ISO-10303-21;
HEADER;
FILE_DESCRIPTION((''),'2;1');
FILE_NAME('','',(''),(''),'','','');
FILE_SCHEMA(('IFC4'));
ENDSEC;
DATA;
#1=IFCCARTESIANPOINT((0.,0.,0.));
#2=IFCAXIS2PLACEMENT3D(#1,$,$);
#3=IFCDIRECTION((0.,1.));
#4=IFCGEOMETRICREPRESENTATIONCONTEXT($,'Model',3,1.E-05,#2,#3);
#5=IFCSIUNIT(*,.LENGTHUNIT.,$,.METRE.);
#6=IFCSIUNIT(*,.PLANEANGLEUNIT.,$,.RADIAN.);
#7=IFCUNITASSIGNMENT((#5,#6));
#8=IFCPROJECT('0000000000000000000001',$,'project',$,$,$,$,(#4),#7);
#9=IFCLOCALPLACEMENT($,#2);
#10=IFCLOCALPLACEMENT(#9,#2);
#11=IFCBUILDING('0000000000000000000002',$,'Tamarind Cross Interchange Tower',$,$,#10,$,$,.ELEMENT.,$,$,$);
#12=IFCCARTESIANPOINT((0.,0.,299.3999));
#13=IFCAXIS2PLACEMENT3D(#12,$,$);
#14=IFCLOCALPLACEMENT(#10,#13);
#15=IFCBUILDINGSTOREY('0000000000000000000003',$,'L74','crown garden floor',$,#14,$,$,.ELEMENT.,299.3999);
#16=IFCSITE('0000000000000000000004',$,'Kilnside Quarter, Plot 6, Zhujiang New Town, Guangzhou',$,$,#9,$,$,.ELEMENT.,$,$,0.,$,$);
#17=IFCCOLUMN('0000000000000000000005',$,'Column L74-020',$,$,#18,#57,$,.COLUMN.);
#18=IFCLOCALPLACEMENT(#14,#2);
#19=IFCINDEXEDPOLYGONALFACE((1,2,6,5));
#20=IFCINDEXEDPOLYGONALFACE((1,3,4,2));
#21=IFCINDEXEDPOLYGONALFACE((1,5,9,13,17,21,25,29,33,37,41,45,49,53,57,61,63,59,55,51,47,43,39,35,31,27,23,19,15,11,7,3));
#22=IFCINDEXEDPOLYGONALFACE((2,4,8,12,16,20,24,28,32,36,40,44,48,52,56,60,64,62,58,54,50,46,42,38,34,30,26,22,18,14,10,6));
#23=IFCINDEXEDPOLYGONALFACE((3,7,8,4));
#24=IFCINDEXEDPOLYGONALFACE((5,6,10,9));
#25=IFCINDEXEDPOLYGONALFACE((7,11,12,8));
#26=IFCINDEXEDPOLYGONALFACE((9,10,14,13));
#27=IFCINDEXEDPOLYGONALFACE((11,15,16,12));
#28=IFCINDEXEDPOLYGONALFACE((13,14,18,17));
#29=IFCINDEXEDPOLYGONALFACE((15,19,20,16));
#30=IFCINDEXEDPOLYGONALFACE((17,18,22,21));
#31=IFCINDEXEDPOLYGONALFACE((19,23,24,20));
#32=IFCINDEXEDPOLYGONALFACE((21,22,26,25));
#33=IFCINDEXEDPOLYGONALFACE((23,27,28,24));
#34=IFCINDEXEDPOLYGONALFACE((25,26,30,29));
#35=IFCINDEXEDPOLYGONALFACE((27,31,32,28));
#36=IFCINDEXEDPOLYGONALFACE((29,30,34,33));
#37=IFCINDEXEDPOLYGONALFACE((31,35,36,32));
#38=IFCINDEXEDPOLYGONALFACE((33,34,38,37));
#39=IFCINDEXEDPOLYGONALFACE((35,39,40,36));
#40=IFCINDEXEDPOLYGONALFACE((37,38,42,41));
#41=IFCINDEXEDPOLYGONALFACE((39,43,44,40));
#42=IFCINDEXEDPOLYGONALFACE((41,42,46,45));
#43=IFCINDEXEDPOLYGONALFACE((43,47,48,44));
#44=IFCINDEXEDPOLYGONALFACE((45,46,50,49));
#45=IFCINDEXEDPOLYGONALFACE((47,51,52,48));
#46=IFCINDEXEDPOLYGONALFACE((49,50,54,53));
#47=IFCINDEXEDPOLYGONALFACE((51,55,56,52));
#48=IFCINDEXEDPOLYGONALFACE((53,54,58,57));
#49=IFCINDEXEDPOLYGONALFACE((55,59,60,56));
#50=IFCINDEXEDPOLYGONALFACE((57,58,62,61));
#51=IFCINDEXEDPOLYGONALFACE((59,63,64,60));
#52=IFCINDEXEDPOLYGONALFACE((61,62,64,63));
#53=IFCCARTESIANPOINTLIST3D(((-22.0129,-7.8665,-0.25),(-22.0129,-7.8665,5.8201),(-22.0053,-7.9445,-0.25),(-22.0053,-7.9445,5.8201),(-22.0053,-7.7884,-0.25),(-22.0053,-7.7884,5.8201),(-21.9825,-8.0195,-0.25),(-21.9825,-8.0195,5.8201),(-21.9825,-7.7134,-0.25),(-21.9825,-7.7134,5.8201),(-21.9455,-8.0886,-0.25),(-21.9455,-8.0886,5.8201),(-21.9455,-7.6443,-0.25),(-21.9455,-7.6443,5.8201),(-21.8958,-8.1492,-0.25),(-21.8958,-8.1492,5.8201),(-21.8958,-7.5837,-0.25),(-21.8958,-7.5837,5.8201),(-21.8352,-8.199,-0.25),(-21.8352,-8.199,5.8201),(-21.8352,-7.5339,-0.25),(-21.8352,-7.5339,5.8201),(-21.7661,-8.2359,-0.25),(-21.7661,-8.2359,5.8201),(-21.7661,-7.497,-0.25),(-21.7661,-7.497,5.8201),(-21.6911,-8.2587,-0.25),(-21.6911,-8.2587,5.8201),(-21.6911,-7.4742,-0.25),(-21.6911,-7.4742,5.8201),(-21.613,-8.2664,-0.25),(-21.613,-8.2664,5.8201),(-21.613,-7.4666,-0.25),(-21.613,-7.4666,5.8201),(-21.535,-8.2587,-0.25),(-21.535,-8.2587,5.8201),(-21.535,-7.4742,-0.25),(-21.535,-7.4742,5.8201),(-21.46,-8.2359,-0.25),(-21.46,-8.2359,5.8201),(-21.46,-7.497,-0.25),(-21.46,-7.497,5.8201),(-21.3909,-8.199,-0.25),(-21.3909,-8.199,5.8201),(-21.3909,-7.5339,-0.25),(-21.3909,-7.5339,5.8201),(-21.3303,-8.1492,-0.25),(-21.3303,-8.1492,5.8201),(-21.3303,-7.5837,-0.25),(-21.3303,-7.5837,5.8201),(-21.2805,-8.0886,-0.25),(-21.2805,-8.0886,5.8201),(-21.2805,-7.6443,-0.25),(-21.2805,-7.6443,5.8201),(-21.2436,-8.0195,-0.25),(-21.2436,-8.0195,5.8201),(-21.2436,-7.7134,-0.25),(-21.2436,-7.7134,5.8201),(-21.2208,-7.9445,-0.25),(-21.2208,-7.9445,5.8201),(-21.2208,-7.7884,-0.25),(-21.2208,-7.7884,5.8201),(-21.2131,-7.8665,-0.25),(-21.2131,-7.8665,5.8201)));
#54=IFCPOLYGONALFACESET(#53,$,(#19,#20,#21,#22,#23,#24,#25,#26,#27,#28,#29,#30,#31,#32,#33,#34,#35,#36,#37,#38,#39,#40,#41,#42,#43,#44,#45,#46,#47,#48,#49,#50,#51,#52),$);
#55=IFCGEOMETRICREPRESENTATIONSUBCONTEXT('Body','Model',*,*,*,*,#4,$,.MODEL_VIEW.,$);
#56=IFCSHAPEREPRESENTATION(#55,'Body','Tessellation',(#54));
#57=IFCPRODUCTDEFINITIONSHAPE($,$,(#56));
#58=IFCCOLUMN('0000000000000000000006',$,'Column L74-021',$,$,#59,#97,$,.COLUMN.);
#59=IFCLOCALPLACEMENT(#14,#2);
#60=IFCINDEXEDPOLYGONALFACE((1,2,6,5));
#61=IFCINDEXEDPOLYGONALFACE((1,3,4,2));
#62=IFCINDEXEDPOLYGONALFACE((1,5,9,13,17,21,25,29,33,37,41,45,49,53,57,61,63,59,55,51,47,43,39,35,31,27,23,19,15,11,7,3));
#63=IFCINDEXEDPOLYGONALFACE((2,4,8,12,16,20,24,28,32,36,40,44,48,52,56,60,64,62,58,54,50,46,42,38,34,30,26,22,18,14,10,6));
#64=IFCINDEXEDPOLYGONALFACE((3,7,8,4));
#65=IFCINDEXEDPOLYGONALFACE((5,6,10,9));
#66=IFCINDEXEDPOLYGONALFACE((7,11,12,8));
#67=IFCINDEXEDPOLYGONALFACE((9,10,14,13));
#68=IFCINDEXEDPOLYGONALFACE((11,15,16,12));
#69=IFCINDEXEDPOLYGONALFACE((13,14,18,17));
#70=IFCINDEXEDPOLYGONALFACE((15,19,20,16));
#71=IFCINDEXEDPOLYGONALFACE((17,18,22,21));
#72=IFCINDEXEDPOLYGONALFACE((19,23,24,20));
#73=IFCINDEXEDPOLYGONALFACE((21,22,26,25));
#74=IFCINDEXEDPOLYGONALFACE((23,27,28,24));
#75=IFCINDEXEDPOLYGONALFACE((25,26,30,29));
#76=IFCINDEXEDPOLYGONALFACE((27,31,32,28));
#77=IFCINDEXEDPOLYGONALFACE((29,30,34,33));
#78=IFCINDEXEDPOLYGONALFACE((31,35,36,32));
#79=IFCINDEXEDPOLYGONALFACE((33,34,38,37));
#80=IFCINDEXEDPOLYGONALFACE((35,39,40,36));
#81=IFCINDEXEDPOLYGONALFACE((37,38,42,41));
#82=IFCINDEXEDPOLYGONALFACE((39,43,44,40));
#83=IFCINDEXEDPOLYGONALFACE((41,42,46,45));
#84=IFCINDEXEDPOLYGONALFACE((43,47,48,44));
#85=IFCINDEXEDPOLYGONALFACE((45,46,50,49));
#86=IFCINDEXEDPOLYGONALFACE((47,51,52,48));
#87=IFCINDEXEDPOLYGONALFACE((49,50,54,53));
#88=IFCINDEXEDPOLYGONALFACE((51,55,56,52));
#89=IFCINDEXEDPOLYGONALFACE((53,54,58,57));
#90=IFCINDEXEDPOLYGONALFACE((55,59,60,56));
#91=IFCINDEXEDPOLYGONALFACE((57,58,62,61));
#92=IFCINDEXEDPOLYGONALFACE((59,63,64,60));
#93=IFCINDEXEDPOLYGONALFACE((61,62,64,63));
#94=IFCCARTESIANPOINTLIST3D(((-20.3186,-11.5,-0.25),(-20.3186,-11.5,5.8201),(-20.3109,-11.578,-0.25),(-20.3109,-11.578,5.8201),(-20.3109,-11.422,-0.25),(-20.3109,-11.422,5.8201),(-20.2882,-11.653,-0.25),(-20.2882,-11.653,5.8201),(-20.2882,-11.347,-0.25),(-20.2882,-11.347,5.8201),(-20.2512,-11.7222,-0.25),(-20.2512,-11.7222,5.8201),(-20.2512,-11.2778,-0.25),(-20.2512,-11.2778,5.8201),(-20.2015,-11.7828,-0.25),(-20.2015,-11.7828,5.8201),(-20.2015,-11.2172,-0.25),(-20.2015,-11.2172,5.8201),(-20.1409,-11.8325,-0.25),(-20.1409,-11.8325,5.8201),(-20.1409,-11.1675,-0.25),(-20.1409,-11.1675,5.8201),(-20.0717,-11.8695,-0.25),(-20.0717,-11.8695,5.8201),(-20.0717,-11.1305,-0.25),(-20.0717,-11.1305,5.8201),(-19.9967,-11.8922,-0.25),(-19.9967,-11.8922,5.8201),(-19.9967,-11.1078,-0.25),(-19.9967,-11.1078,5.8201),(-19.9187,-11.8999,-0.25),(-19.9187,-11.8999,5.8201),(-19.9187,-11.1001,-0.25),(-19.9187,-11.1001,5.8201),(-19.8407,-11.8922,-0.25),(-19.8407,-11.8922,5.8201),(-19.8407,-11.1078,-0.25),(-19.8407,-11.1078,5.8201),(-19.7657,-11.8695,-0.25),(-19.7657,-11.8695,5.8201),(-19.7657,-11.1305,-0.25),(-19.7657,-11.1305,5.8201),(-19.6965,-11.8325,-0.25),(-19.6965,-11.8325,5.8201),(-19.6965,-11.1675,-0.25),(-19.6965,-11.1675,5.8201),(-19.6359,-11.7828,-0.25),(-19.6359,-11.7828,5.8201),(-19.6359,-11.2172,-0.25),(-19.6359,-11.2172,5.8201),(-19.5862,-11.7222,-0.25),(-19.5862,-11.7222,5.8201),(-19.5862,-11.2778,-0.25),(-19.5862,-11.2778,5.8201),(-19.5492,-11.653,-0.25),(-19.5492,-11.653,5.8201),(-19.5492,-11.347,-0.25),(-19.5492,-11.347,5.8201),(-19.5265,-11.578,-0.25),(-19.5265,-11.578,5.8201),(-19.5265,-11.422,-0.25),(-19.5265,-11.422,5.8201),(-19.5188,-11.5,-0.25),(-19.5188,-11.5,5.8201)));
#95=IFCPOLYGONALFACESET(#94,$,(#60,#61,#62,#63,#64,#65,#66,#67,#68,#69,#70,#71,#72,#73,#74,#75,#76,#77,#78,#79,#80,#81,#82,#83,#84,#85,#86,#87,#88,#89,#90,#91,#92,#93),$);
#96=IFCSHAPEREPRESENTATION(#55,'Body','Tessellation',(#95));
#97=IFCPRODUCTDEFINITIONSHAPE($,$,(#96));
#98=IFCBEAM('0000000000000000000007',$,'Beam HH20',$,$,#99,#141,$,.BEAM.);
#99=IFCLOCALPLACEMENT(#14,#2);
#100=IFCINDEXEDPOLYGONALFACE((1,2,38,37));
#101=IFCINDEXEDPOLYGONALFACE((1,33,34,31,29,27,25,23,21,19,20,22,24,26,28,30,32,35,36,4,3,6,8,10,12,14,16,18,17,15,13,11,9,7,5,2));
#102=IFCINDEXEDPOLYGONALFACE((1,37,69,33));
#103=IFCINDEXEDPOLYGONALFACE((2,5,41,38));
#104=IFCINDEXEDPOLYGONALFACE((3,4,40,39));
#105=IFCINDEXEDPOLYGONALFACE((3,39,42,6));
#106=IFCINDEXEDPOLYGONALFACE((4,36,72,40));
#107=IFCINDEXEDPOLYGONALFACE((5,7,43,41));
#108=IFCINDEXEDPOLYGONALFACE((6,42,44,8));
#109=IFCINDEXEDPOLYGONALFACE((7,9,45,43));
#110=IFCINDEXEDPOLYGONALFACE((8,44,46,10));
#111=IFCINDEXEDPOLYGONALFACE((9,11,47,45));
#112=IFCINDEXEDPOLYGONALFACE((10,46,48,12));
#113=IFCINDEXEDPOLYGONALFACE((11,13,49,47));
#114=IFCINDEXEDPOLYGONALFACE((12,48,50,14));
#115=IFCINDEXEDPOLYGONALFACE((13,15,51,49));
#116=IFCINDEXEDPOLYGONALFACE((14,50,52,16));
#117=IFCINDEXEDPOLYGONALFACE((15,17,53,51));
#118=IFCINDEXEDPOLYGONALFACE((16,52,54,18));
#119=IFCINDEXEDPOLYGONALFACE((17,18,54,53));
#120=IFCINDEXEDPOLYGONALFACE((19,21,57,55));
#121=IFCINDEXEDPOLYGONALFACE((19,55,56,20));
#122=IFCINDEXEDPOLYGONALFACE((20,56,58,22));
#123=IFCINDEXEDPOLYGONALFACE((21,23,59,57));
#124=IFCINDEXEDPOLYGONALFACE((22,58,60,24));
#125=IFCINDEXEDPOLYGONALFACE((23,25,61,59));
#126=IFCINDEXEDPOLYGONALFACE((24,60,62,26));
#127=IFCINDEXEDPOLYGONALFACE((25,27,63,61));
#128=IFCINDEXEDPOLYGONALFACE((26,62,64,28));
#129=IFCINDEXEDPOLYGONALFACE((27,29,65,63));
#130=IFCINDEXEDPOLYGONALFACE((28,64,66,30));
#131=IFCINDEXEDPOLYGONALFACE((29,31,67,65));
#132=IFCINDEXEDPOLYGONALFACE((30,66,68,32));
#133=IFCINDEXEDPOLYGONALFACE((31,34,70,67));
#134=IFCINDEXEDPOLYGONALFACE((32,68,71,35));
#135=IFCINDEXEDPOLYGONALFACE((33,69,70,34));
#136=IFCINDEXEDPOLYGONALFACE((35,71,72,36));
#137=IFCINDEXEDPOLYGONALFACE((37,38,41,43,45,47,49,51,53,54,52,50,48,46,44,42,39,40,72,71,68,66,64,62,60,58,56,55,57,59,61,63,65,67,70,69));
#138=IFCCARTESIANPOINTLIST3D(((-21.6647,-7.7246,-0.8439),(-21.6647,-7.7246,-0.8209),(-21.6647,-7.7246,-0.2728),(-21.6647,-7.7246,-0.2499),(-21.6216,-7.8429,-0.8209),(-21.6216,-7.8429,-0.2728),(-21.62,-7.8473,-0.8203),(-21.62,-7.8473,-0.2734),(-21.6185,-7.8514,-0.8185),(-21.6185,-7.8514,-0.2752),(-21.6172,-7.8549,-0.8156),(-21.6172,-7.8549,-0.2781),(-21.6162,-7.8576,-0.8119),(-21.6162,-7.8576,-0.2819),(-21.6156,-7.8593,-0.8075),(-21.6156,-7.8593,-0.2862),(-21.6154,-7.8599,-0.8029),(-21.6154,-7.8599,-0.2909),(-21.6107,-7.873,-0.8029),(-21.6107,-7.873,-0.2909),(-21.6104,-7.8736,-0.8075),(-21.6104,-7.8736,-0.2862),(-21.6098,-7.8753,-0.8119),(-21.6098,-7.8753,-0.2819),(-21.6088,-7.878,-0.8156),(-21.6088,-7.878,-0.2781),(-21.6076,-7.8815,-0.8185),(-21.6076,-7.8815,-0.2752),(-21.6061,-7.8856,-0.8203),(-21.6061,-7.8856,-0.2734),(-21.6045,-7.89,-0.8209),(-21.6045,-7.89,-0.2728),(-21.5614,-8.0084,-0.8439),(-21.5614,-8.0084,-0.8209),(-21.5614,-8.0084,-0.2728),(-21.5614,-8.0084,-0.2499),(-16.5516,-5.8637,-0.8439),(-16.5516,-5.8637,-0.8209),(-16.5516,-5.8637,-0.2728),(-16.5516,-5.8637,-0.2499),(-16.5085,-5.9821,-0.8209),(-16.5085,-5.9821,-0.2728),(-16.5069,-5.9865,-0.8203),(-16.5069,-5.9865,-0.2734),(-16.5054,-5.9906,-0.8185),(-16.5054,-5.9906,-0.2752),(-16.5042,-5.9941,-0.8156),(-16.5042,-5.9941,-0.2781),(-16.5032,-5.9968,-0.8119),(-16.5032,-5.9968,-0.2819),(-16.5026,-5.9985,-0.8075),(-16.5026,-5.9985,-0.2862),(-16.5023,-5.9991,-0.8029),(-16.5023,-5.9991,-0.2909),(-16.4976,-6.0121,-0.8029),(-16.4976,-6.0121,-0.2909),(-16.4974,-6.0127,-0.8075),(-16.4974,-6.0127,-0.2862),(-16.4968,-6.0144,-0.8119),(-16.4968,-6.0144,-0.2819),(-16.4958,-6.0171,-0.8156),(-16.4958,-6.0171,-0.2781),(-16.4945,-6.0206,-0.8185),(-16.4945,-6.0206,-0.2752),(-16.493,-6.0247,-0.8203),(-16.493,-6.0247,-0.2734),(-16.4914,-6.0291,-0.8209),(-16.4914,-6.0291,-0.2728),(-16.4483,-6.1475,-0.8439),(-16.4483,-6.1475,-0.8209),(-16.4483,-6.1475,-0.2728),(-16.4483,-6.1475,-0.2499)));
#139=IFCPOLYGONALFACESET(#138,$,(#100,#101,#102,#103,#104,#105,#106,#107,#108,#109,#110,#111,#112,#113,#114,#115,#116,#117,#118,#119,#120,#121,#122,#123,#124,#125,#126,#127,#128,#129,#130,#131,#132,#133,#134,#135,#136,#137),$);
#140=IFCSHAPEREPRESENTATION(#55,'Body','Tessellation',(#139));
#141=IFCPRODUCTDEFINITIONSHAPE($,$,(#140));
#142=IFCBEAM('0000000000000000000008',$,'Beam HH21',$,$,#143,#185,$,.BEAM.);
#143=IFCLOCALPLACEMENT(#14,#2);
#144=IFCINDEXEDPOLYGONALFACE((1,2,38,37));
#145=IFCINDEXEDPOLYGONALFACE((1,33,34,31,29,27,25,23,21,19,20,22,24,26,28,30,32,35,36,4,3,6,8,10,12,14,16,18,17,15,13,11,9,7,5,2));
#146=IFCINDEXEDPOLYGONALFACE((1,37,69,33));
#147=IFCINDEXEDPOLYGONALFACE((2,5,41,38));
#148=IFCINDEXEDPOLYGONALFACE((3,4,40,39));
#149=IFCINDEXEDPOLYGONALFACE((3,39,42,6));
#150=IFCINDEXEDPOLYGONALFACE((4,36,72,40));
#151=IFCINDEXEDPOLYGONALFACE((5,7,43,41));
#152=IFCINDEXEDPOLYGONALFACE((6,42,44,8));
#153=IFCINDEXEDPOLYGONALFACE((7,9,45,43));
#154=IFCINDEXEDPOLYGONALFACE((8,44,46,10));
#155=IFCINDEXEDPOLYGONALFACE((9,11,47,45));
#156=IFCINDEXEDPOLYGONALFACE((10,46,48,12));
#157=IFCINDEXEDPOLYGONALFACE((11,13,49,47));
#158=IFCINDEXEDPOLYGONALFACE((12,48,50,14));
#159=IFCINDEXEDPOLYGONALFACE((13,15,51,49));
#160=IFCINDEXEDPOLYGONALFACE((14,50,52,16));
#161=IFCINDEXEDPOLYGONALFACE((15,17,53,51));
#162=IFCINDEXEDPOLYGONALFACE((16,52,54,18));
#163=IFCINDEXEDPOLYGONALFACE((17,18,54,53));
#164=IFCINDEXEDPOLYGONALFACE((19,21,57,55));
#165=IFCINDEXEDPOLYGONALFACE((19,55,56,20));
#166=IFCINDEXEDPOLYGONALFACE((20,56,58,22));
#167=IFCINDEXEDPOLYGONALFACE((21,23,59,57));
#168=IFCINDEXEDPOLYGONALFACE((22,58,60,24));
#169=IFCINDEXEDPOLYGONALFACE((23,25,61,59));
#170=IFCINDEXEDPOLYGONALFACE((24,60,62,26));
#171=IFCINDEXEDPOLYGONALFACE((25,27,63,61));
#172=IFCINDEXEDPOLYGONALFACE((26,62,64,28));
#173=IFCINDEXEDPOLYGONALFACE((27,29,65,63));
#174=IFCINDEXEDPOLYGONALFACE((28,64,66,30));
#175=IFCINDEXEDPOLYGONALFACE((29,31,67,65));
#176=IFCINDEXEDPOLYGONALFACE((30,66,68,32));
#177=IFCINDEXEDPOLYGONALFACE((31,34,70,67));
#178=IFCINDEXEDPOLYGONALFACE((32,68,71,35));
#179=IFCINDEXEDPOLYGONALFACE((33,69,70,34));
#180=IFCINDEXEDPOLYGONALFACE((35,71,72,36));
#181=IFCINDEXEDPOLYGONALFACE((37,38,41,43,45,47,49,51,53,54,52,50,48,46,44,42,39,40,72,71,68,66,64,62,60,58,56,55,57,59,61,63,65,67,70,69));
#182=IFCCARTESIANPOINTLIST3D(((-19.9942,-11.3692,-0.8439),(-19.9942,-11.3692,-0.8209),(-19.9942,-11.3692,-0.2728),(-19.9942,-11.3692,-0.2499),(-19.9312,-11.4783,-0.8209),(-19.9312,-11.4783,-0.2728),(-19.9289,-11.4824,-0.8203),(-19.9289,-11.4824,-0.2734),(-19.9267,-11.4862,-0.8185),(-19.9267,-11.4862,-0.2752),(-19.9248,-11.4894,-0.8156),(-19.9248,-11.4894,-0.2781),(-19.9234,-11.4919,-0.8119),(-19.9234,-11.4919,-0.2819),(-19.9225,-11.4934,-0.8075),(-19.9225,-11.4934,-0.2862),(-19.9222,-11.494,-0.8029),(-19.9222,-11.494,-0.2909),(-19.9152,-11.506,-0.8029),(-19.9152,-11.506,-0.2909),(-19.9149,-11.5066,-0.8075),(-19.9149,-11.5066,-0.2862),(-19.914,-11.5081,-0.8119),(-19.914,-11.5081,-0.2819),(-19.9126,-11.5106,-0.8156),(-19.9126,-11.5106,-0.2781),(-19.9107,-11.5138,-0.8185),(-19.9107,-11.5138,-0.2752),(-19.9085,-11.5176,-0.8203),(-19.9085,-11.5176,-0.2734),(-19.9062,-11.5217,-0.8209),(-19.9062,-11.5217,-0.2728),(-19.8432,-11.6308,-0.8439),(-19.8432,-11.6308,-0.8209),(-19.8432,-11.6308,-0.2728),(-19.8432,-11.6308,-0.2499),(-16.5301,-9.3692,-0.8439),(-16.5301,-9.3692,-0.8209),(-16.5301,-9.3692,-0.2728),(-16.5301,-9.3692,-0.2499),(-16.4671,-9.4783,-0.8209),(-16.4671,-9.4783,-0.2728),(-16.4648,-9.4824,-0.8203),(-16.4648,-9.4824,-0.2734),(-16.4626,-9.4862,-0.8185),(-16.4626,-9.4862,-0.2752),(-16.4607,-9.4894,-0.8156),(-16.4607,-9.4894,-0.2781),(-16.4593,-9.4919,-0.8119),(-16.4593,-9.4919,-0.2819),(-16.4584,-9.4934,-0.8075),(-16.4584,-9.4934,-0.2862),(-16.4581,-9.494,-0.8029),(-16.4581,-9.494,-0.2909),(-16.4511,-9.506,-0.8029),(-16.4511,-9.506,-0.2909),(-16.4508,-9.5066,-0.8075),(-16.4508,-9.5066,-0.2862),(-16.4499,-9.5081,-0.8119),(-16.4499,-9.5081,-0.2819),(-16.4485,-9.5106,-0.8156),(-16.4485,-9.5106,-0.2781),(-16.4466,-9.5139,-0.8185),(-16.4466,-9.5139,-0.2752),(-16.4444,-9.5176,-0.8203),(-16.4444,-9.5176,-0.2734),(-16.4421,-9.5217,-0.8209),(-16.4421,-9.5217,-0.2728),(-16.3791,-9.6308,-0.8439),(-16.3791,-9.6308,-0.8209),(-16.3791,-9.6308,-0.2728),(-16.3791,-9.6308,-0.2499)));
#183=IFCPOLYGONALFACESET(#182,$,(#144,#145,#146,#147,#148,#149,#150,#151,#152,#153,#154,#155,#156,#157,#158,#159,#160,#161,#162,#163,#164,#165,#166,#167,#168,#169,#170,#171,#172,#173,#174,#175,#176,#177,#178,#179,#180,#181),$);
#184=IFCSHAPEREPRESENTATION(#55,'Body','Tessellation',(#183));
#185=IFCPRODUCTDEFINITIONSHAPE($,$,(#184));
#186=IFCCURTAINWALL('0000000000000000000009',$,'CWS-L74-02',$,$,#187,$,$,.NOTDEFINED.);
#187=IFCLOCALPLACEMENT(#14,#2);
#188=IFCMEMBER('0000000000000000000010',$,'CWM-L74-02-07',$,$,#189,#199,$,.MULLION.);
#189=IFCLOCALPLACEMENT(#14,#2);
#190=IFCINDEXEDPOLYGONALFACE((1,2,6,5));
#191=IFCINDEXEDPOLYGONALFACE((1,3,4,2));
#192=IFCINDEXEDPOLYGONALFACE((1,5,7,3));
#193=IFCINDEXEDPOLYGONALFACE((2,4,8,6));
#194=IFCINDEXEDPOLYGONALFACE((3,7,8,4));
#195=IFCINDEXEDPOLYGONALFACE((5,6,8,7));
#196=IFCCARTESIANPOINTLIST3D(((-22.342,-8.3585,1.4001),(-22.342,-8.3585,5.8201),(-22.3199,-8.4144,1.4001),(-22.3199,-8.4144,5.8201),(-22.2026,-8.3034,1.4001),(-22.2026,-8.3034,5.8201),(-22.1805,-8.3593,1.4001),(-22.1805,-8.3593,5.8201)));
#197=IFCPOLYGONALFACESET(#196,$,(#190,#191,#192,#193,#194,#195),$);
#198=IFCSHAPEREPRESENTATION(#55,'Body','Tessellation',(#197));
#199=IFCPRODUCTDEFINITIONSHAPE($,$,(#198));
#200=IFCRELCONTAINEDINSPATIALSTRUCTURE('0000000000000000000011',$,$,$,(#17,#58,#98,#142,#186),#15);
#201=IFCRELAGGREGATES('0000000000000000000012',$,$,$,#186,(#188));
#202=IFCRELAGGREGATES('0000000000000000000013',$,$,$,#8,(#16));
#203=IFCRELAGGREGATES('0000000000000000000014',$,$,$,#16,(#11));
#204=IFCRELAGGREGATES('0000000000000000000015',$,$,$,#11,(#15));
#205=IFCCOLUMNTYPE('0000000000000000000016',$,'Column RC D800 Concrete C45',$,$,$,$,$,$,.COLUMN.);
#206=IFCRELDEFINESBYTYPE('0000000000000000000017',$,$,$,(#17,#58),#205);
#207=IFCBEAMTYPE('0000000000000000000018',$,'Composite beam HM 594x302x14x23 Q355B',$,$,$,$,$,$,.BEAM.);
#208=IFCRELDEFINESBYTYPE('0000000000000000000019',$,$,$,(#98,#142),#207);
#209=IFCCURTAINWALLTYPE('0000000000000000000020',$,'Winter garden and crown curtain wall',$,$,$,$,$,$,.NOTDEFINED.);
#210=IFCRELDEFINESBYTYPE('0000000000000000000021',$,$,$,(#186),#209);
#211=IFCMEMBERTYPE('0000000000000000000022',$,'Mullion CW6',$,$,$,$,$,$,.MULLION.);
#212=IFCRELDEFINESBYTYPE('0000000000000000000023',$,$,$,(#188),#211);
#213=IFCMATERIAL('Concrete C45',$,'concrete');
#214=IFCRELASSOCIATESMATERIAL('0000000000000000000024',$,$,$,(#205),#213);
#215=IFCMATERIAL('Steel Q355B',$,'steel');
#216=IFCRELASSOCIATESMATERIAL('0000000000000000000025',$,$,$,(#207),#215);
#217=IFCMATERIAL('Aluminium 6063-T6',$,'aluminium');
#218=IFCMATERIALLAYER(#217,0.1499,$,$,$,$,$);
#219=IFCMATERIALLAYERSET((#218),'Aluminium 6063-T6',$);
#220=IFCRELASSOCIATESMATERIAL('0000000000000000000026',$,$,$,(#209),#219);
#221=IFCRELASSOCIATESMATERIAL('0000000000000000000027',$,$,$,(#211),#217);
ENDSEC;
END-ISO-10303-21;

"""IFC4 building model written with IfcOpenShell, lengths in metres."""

from ifc_helpers import new_model, si_unit, direction, frame, origin, origin_2d, place, context, subcontext, project, spatial, rectangle, circle, i_section, extrude, material, layer, layer_set, material_profile, profile_set, type_object, element, aggregate, save


model = new_model("IFC4")

# Units and contexts
model_context = context("Model", 3, precision=1e-05, world=origin(), true_north=direction((0.0, 1.0)))
body_context = subcontext(model_context, "Body", "Model", "MODEL_VIEW")
ifc_project = project(units=[si_unit("LENGTHUNIT", "METRE"), si_unit("PLANEANGLEUNIT", "RADIAN")], contexts=[model_context])

# Site, building, storey
site_placement = place(None, origin())
site = spatial("IfcSite", under=ifc_project, at=site_placement, Name="Kilnside Quarter, Plot 6, Zhujiang New Town, Guangzhou", CompositionType="ELEMENT", RefElevation=0.0)
building_placement = place(site_placement, origin())
building = spatial("IfcBuilding", under=site, at=building_placement, Name="Tamarind Cross Interchange Tower", CompositionType="ELEMENT")
storey_placement = place(building_placement, frame((0.0, 0.0, 299.3999)))
storey = spatial("IfcBuildingStorey", under=building, at=storey_placement, Name="L74", Description="crown garden floor", CompositionType="ELEMENT", Elevation=299.3999)

# Columns
ifc_material_1 = material(Name="Concrete C45", Category="concrete")
ifc_material_profile_1 = material_profile(ifc_material_1, circle(Radius=0.3999, at=origin_2d()), Name="RC D800")
ifc_profile_set_1 = profile_set([ifc_material_profile_1], Name="Concrete C45")
column_type = type_object("IfcColumnType", Name="Column RC D800 Concrete C45", PredefinedType="COLUMN", material=ifc_profile_set_1)
for number, where, z_axis, x_axis, name in (
    (1, (-21.613, -7.8665, -0.25), (0.0, 0.0, 1.0), (1.0, 0.0, 0.0), "Column L74-020"),
    (2, (-19.9187, -11.5, -0.25), (0.0, 0.0, 1.0), (1.0, 0.0, 0.0), "Column L74-021"),
):
    element("IfcColumn", number, at=place(storey_placement, frame(where, z_axis=z_axis, x_axis=x_axis)), inside=storey, type_object=column_type, Name=name, PredefinedType="COLUMN", context=body_context, shape_type="SweptSolid", body=[
        extrude(circle(Radius=0.3999, at=origin_2d()), origin(), (0.0, 0.0, 1.0), 6.0701),
    ])

# Beams
ifc_material_2 = material(Name="Steel Q355B", Category="steel")
ifc_material_profile_2 = material_profile(ifc_material_2, i_section(OverallWidth=0.302, OverallDepth=0.594, WebThickness=0.0139, FlangeThickness=0.0229, FilletRadius=0.0181, at=origin_2d()), Name="HM 594x302x14x23")
ifc_profile_set_2 = profile_set([ifc_material_profile_2], Name="Steel Q355B")
beam_type = type_object("IfcBeamType", Name="Composite beam HM 594x302x14x23 Q355B", PredefinedType="BEAM", material=ifc_profile_set_2)
beam_1_placement = place(storey_placement, frame((-21.613, -7.8665, -0.5469), z_axis=(0.939702, 0.341995, 0.0), x_axis=(-0.341995, 0.939702, 0.0)))
element("IfcBeam", 3, at=beam_1_placement, inside=storey, type_object=beam_type, Name="Beam HH20", PredefinedType="BEAM", context=body_context, shape_type="SweptSolid", body=[
    extrude(i_section(OverallWidth=0.302, OverallDepth=0.594, WebThickness=0.0139, FlangeThickness=0.0229, FilletRadius=0.0181, at=origin_2d()), origin(), (0.0, 0.0, 1.0), 5.4412),
])
beam_2_placement = place(storey_placement, frame((-19.9187, -11.5, -0.5469), z_axis=(0.866026, 0.499999, 0.0), x_axis=(-0.499999, 0.866026, 0.0)))
element("IfcBeam", 4, at=beam_2_placement, inside=storey, type_object=beam_type, Name="Beam HH21", PredefinedType="BEAM", context=body_context, shape_type="SweptSolid", body=[
    extrude(i_section(OverallWidth=0.302, OverallDepth=0.594, WebThickness=0.0139, FlangeThickness=0.0229, FilletRadius=0.0181, at=origin_2d()), origin(), (0.0, 0.0, 1.0), 4.0),
])

# Curtain wall, member
ifc_material_3 = material(Name="Aluminium 6063-T6", Category="aluminium")
ifc_layer_1 = layer(ifc_material_3, 0.1499)
ifc_layer_set_1 = layer_set([ifc_layer_1], Name="Aluminium 6063-T6")
curtain_wall_type = type_object("IfcCurtainWallType", Name="Winter garden and crown curtain wall", PredefinedType="NOTDEFINED", material=ifc_layer_set_1)
curtain_wall_placement = place(storey_placement, origin())
curtain_wall = element("IfcCurtainWall", 5, at=curtain_wall_placement, inside=storey, type_object=curtain_wall_type, Name="CWS-L74-02", PredefinedType="NOTDEFINED")
ifc_material_profile_3 = material_profile(ifc_material_3, rectangle(XDim=0.0601, YDim=0.1499, at=origin_2d()), Name="Mullion CW6")
ifc_profile_set_3 = profile_set([ifc_material_profile_3], Name="Aluminium 6063-T6")
member_type = type_object("IfcMemberType", Name="Mullion CW6", PredefinedType="MULLION", material=ifc_profile_set_3)
member_placement = place(storey_placement, frame((-22.2612, -8.3589, 1.4001), z_axis=(0.0, 0.0, 1.0), x_axis=(0.367514, -0.930018, 0.0)))
member = element("IfcMember", 6, at=member_placement, type_object=member_type, Name="CWM-L74-02-07", PredefinedType="MULLION", context=body_context, shape_type="SweptSolid", body=[
    extrude(rectangle(XDim=0.0601, YDim=0.1499, at=origin_2d()), origin(), (0.0, 0.0, 1.0), 4.4199),
])
aggregate(curtain_wall, [member])

save(model, "model.ifc")
